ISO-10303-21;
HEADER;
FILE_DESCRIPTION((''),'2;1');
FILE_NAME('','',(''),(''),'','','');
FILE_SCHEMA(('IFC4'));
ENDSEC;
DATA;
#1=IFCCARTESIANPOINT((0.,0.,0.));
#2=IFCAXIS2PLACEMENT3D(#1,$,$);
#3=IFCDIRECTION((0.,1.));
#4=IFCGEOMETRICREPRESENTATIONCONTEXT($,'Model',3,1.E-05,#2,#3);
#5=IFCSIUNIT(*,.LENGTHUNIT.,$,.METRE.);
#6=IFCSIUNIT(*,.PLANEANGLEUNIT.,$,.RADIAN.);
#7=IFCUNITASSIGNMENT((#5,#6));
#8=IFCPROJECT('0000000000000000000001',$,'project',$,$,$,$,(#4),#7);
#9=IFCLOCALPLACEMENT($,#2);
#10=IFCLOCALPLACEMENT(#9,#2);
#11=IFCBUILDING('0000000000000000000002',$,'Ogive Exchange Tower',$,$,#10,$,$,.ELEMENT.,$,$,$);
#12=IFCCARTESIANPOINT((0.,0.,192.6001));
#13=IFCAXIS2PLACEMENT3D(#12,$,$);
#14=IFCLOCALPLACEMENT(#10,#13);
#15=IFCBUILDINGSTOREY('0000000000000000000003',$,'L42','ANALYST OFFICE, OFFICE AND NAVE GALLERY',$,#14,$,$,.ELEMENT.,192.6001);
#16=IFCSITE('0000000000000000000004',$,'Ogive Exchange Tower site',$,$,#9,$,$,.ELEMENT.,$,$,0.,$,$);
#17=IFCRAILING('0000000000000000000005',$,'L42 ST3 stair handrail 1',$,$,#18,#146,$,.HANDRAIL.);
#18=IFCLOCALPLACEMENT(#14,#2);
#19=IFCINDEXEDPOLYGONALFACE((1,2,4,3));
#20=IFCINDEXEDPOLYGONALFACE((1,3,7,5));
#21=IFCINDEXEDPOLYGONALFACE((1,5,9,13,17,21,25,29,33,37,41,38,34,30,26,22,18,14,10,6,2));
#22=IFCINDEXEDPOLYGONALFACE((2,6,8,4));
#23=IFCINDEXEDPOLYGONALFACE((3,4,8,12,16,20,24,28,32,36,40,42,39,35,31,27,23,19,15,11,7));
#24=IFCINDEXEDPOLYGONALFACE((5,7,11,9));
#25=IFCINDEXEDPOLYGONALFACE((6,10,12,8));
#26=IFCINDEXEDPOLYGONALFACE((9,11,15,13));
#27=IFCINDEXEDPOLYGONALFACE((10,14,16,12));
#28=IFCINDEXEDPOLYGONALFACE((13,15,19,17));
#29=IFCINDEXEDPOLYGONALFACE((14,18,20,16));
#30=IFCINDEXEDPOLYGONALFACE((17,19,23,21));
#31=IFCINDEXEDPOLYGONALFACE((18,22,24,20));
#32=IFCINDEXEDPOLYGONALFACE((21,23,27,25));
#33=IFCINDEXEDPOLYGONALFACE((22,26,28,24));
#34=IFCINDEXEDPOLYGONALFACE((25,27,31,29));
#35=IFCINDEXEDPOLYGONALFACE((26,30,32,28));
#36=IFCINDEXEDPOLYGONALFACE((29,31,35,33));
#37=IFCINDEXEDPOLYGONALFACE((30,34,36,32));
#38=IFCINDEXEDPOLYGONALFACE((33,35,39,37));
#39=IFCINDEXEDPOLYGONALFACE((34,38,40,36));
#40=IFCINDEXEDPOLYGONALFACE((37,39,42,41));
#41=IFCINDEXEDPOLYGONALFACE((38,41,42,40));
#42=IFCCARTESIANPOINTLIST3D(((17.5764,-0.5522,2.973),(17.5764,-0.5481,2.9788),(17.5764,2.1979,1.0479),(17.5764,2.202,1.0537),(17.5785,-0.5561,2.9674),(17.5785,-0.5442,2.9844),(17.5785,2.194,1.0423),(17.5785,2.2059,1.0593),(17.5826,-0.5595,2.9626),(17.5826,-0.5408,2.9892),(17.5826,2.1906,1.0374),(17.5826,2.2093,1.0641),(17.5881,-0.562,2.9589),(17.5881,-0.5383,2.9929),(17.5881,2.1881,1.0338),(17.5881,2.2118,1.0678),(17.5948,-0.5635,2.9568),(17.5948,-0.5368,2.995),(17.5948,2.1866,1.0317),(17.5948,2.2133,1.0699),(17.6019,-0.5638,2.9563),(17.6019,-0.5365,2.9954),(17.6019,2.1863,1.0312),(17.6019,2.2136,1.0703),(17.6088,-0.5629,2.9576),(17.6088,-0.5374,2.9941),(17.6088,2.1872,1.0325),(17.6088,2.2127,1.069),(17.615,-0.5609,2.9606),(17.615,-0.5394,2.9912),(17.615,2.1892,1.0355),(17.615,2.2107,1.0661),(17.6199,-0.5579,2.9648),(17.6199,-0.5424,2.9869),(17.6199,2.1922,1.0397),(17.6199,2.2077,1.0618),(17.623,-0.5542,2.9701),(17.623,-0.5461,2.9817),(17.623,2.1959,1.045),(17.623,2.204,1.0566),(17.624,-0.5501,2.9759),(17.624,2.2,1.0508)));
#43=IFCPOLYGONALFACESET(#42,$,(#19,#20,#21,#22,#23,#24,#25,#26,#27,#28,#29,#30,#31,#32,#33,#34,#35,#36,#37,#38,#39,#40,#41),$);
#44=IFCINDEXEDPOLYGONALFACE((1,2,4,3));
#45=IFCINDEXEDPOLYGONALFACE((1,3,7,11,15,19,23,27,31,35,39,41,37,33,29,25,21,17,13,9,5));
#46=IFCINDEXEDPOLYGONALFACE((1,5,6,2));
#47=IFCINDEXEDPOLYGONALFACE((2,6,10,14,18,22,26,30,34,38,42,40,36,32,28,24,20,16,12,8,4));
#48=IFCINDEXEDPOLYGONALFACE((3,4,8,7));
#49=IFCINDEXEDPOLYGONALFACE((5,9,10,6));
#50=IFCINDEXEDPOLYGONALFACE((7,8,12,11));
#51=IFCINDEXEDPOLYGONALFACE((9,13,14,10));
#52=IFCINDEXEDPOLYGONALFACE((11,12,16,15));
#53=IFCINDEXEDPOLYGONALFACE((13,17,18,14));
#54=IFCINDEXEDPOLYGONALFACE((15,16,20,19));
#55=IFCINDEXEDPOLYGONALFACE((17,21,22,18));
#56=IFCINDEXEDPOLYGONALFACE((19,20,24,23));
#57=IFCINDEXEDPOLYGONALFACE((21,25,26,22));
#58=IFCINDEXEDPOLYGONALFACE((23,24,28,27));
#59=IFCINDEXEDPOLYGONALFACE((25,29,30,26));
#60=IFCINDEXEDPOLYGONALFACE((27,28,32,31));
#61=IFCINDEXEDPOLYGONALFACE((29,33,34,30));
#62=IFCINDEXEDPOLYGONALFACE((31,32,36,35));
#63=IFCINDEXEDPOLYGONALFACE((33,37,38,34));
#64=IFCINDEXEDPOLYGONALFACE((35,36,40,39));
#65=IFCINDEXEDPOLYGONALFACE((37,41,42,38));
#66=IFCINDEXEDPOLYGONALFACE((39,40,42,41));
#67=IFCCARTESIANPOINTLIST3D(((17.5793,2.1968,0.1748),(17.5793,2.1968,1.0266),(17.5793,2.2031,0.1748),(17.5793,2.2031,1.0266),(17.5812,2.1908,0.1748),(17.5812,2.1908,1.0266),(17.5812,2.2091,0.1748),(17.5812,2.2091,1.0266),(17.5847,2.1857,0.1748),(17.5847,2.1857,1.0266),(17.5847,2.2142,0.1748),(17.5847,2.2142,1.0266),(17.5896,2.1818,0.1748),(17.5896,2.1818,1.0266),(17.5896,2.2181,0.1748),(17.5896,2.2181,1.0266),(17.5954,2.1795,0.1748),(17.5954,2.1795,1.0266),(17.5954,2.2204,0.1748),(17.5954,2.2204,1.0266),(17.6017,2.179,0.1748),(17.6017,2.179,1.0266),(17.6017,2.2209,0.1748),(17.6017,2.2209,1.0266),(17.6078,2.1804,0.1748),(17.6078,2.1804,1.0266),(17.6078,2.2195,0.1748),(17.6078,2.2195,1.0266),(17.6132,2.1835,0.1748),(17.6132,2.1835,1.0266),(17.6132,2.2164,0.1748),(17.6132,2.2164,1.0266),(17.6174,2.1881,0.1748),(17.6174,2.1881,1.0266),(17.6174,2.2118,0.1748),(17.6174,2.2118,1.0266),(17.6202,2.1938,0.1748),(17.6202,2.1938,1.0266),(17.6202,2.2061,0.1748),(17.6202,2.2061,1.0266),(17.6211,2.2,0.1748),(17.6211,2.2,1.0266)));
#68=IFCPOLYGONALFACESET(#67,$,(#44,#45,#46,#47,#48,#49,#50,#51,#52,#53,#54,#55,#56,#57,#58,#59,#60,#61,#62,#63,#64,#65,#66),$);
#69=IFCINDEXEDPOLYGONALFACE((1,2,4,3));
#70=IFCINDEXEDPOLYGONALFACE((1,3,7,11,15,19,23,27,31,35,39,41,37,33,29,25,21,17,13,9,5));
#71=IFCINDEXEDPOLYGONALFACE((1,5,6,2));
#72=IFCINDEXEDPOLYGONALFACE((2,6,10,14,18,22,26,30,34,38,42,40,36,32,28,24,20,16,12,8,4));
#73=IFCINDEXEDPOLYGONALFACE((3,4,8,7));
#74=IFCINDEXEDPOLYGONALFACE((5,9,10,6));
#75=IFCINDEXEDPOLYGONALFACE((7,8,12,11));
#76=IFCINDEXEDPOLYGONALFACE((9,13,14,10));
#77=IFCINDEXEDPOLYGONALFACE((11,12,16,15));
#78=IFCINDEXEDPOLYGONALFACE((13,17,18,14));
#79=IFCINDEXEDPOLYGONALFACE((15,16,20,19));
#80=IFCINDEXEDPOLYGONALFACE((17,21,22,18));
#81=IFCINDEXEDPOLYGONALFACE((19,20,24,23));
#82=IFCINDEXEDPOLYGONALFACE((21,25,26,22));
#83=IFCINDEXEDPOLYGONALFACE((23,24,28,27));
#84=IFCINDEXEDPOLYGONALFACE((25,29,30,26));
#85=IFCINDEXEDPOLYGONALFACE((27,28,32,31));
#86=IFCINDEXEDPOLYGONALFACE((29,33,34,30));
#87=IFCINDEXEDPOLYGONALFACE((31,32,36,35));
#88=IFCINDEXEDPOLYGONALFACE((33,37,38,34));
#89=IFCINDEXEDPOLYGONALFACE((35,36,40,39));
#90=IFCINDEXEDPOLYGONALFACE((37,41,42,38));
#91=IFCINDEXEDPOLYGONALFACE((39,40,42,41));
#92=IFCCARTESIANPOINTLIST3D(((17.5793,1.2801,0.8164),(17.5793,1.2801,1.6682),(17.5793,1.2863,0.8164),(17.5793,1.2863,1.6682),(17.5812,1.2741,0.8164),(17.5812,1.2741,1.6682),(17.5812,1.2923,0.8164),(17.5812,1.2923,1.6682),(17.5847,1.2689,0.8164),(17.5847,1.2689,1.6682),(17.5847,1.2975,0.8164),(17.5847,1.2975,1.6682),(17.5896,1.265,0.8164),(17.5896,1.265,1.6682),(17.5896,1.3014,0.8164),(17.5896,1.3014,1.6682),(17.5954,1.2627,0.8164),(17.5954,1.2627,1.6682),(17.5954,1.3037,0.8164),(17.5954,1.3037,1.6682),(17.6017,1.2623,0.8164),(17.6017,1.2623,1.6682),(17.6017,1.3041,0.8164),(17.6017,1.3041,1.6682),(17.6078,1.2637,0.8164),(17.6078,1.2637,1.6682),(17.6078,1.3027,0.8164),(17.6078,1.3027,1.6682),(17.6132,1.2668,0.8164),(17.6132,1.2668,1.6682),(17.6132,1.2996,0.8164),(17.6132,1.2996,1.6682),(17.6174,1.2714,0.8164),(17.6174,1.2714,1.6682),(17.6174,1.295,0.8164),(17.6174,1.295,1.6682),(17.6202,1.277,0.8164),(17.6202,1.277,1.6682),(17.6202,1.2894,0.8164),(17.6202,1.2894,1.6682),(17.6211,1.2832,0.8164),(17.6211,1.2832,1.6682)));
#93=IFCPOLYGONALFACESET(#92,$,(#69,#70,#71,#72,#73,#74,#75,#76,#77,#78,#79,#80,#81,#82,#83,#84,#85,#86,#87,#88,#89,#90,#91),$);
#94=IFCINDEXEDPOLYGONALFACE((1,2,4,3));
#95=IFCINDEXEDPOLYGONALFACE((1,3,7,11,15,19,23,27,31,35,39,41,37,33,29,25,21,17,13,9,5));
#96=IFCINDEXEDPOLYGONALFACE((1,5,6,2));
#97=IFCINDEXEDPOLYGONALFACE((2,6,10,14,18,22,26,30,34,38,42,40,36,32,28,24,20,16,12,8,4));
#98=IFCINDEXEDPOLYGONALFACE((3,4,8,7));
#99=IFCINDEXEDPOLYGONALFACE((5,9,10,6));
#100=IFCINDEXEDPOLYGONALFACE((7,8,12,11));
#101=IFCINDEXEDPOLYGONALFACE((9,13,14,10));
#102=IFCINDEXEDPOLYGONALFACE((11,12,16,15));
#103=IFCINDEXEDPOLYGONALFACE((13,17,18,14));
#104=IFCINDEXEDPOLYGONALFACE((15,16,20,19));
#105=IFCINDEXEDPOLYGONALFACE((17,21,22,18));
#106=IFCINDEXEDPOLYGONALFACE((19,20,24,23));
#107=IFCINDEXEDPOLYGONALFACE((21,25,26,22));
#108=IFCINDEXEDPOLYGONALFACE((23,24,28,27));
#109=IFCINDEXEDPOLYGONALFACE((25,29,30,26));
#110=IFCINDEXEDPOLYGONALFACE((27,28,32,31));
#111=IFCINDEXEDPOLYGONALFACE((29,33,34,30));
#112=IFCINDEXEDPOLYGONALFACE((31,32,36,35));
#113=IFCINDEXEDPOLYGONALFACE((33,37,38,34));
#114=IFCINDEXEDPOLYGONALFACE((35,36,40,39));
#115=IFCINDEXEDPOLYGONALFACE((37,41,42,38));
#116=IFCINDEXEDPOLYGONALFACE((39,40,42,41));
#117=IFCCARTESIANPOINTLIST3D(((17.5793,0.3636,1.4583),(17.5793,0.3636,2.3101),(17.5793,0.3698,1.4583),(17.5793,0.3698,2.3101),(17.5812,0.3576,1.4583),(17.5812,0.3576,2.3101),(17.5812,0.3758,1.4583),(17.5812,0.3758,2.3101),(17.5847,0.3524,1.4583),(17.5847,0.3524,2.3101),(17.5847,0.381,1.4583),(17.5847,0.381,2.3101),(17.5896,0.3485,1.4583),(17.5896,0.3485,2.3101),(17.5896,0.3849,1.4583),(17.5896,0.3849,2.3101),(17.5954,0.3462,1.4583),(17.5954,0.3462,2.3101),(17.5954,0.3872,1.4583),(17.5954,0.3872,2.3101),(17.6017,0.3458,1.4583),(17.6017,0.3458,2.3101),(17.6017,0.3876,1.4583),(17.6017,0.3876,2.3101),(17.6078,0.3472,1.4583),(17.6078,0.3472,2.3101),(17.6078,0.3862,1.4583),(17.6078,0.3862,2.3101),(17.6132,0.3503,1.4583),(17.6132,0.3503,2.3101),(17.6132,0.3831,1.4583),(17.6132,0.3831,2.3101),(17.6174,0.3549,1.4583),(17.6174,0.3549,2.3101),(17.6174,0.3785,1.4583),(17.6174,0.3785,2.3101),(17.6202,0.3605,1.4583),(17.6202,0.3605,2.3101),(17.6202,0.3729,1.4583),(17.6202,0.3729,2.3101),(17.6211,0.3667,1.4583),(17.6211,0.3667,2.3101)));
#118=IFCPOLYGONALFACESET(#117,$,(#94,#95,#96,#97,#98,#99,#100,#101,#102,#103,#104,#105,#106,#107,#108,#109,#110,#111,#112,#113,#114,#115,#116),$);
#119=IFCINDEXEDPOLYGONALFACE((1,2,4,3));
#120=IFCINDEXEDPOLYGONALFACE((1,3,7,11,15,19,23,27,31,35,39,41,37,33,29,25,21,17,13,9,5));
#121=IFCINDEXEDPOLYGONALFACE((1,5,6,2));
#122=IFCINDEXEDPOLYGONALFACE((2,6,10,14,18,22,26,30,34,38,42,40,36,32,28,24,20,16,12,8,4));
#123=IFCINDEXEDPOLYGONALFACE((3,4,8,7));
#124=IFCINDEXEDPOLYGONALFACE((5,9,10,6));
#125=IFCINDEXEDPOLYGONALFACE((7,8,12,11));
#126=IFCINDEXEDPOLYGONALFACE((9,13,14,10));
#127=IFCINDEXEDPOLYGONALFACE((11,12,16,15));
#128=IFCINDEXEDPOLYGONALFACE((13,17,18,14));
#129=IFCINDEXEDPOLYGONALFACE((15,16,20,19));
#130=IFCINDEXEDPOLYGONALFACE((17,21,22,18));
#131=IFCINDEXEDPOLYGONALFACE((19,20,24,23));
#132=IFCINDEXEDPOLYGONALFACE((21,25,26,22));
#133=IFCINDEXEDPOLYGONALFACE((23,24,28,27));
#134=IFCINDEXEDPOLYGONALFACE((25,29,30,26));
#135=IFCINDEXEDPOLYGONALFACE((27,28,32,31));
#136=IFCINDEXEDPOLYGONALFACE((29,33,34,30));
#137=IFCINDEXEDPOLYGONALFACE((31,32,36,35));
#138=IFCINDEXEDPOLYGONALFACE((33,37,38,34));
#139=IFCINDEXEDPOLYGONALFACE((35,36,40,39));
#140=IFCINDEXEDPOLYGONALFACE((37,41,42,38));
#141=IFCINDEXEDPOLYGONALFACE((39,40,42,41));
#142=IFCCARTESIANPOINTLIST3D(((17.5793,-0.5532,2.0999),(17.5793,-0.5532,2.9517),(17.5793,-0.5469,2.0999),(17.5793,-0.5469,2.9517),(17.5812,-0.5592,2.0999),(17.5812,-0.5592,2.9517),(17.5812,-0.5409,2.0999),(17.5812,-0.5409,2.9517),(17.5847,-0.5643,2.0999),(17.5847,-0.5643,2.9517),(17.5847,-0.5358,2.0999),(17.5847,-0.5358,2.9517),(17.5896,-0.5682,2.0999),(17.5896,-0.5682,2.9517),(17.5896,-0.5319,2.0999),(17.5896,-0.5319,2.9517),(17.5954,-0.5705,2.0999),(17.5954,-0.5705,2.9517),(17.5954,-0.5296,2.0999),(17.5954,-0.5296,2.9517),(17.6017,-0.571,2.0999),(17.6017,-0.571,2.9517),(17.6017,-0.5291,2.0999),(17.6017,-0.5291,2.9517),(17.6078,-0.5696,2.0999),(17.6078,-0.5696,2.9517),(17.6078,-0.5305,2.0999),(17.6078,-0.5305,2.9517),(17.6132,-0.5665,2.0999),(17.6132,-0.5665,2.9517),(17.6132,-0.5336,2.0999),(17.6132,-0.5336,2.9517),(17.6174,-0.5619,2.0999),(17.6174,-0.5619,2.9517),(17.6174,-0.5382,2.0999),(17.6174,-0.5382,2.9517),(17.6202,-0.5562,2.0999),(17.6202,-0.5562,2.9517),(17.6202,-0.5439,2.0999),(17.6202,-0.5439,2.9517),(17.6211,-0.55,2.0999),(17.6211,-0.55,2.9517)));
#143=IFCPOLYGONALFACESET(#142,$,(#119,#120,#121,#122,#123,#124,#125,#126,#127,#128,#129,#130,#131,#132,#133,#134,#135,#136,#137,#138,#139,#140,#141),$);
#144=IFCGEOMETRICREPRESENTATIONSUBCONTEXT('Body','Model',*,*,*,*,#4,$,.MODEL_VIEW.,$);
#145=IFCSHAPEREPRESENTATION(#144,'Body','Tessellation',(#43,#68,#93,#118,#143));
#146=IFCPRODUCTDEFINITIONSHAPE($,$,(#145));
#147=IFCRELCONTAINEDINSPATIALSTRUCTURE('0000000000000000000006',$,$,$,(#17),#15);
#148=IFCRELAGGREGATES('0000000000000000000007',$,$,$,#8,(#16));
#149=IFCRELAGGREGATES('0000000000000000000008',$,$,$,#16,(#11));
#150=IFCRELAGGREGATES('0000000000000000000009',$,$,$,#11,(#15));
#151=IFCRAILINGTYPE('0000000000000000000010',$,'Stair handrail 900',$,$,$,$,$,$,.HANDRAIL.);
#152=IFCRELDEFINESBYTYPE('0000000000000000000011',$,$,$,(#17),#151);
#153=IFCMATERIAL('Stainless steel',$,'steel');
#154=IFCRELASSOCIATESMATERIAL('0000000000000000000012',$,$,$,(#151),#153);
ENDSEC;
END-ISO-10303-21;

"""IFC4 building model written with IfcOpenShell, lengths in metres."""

from ifc_helpers import new_model, si_unit, direction, frame, origin, origin_2d, place, context, subcontext, project, spatial, circle, extrude, material, type_object, element, save


model = new_model("IFC4")

# Units and contexts
model_context = context("Model", 3, precision=1e-05, world=origin(), true_north=direction((0.0, 1.0)))
body_context = subcontext(model_context, "Body", "Model", "MODEL_VIEW")
ifc_project = project(units=[si_unit("LENGTHUNIT", "METRE"), si_unit("PLANEANGLEUNIT", "RADIAN")], contexts=[model_context])

# Site, building, storey
site_placement = place(None, origin())
site = spatial("IfcSite", under=ifc_project, at=site_placement, Name="Ogive Exchange Tower site", CompositionType="ELEMENT", RefElevation=0.0)
building_placement = place(site_placement, origin())
building = spatial("IfcBuilding", under=site, at=building_placement, Name="Ogive Exchange Tower", CompositionType="ELEMENT")
storey_placement = place(building_placement, frame((0.0, 0.0, 192.6001)))
storey = spatial("IfcBuildingStorey", under=building, at=storey_placement, Name="L42", Description="ANALYST OFFICE, OFFICE AND NAVE GALLERY", CompositionType="ELEMENT", Elevation=192.6001)

# Railing
ifc_material_1 = material(Name="Stainless steel", Category="steel")
railing_type = type_object("IfcRailingType", Name="Stair handrail 900", PredefinedType="HANDRAIL", material=ifc_material_1)
railing_placement = place(storey_placement, frame((17.6001, 2.2, 0.1748)))
element("IfcRailing", 1, at=railing_placement, inside=storey, type_object=railing_type, Name="L42 ST3 stair handrail 1", PredefinedType="HANDRAIL", context=body_context, shape_type="SweptSolid", body=[
    extrude(circle(Radius=0.0239, at=origin_2d()), frame((0.0, 0.0, 0.876), z_axis=(0.0, -0.819225, 0.573472), x_axis=(1.0, 0.0, 0.0)), (0.0, 0.0, 1.0), 3.3569),
    extrude(circle(Radius=0.021, at=origin_2d()), origin(), (0.0, 0.0, 1.0), 0.8518),
    extrude(circle(Radius=0.021, at=origin_2d()), frame((0.0, -0.9167, 0.6416)), (0.0, 0.0, 1.0), 0.8518),
    extrude(circle(Radius=0.021, at=origin_2d()), frame((0.0, -1.8333, 1.2834)), (0.0, 0.0, 1.0), 0.8518),
    extrude(circle(Radius=0.021, at=origin_2d()), frame((0.0, -2.75, 1.925)), (0.0, 0.0, 1.0), 0.8518),
])

save(model, "model.ifc")
